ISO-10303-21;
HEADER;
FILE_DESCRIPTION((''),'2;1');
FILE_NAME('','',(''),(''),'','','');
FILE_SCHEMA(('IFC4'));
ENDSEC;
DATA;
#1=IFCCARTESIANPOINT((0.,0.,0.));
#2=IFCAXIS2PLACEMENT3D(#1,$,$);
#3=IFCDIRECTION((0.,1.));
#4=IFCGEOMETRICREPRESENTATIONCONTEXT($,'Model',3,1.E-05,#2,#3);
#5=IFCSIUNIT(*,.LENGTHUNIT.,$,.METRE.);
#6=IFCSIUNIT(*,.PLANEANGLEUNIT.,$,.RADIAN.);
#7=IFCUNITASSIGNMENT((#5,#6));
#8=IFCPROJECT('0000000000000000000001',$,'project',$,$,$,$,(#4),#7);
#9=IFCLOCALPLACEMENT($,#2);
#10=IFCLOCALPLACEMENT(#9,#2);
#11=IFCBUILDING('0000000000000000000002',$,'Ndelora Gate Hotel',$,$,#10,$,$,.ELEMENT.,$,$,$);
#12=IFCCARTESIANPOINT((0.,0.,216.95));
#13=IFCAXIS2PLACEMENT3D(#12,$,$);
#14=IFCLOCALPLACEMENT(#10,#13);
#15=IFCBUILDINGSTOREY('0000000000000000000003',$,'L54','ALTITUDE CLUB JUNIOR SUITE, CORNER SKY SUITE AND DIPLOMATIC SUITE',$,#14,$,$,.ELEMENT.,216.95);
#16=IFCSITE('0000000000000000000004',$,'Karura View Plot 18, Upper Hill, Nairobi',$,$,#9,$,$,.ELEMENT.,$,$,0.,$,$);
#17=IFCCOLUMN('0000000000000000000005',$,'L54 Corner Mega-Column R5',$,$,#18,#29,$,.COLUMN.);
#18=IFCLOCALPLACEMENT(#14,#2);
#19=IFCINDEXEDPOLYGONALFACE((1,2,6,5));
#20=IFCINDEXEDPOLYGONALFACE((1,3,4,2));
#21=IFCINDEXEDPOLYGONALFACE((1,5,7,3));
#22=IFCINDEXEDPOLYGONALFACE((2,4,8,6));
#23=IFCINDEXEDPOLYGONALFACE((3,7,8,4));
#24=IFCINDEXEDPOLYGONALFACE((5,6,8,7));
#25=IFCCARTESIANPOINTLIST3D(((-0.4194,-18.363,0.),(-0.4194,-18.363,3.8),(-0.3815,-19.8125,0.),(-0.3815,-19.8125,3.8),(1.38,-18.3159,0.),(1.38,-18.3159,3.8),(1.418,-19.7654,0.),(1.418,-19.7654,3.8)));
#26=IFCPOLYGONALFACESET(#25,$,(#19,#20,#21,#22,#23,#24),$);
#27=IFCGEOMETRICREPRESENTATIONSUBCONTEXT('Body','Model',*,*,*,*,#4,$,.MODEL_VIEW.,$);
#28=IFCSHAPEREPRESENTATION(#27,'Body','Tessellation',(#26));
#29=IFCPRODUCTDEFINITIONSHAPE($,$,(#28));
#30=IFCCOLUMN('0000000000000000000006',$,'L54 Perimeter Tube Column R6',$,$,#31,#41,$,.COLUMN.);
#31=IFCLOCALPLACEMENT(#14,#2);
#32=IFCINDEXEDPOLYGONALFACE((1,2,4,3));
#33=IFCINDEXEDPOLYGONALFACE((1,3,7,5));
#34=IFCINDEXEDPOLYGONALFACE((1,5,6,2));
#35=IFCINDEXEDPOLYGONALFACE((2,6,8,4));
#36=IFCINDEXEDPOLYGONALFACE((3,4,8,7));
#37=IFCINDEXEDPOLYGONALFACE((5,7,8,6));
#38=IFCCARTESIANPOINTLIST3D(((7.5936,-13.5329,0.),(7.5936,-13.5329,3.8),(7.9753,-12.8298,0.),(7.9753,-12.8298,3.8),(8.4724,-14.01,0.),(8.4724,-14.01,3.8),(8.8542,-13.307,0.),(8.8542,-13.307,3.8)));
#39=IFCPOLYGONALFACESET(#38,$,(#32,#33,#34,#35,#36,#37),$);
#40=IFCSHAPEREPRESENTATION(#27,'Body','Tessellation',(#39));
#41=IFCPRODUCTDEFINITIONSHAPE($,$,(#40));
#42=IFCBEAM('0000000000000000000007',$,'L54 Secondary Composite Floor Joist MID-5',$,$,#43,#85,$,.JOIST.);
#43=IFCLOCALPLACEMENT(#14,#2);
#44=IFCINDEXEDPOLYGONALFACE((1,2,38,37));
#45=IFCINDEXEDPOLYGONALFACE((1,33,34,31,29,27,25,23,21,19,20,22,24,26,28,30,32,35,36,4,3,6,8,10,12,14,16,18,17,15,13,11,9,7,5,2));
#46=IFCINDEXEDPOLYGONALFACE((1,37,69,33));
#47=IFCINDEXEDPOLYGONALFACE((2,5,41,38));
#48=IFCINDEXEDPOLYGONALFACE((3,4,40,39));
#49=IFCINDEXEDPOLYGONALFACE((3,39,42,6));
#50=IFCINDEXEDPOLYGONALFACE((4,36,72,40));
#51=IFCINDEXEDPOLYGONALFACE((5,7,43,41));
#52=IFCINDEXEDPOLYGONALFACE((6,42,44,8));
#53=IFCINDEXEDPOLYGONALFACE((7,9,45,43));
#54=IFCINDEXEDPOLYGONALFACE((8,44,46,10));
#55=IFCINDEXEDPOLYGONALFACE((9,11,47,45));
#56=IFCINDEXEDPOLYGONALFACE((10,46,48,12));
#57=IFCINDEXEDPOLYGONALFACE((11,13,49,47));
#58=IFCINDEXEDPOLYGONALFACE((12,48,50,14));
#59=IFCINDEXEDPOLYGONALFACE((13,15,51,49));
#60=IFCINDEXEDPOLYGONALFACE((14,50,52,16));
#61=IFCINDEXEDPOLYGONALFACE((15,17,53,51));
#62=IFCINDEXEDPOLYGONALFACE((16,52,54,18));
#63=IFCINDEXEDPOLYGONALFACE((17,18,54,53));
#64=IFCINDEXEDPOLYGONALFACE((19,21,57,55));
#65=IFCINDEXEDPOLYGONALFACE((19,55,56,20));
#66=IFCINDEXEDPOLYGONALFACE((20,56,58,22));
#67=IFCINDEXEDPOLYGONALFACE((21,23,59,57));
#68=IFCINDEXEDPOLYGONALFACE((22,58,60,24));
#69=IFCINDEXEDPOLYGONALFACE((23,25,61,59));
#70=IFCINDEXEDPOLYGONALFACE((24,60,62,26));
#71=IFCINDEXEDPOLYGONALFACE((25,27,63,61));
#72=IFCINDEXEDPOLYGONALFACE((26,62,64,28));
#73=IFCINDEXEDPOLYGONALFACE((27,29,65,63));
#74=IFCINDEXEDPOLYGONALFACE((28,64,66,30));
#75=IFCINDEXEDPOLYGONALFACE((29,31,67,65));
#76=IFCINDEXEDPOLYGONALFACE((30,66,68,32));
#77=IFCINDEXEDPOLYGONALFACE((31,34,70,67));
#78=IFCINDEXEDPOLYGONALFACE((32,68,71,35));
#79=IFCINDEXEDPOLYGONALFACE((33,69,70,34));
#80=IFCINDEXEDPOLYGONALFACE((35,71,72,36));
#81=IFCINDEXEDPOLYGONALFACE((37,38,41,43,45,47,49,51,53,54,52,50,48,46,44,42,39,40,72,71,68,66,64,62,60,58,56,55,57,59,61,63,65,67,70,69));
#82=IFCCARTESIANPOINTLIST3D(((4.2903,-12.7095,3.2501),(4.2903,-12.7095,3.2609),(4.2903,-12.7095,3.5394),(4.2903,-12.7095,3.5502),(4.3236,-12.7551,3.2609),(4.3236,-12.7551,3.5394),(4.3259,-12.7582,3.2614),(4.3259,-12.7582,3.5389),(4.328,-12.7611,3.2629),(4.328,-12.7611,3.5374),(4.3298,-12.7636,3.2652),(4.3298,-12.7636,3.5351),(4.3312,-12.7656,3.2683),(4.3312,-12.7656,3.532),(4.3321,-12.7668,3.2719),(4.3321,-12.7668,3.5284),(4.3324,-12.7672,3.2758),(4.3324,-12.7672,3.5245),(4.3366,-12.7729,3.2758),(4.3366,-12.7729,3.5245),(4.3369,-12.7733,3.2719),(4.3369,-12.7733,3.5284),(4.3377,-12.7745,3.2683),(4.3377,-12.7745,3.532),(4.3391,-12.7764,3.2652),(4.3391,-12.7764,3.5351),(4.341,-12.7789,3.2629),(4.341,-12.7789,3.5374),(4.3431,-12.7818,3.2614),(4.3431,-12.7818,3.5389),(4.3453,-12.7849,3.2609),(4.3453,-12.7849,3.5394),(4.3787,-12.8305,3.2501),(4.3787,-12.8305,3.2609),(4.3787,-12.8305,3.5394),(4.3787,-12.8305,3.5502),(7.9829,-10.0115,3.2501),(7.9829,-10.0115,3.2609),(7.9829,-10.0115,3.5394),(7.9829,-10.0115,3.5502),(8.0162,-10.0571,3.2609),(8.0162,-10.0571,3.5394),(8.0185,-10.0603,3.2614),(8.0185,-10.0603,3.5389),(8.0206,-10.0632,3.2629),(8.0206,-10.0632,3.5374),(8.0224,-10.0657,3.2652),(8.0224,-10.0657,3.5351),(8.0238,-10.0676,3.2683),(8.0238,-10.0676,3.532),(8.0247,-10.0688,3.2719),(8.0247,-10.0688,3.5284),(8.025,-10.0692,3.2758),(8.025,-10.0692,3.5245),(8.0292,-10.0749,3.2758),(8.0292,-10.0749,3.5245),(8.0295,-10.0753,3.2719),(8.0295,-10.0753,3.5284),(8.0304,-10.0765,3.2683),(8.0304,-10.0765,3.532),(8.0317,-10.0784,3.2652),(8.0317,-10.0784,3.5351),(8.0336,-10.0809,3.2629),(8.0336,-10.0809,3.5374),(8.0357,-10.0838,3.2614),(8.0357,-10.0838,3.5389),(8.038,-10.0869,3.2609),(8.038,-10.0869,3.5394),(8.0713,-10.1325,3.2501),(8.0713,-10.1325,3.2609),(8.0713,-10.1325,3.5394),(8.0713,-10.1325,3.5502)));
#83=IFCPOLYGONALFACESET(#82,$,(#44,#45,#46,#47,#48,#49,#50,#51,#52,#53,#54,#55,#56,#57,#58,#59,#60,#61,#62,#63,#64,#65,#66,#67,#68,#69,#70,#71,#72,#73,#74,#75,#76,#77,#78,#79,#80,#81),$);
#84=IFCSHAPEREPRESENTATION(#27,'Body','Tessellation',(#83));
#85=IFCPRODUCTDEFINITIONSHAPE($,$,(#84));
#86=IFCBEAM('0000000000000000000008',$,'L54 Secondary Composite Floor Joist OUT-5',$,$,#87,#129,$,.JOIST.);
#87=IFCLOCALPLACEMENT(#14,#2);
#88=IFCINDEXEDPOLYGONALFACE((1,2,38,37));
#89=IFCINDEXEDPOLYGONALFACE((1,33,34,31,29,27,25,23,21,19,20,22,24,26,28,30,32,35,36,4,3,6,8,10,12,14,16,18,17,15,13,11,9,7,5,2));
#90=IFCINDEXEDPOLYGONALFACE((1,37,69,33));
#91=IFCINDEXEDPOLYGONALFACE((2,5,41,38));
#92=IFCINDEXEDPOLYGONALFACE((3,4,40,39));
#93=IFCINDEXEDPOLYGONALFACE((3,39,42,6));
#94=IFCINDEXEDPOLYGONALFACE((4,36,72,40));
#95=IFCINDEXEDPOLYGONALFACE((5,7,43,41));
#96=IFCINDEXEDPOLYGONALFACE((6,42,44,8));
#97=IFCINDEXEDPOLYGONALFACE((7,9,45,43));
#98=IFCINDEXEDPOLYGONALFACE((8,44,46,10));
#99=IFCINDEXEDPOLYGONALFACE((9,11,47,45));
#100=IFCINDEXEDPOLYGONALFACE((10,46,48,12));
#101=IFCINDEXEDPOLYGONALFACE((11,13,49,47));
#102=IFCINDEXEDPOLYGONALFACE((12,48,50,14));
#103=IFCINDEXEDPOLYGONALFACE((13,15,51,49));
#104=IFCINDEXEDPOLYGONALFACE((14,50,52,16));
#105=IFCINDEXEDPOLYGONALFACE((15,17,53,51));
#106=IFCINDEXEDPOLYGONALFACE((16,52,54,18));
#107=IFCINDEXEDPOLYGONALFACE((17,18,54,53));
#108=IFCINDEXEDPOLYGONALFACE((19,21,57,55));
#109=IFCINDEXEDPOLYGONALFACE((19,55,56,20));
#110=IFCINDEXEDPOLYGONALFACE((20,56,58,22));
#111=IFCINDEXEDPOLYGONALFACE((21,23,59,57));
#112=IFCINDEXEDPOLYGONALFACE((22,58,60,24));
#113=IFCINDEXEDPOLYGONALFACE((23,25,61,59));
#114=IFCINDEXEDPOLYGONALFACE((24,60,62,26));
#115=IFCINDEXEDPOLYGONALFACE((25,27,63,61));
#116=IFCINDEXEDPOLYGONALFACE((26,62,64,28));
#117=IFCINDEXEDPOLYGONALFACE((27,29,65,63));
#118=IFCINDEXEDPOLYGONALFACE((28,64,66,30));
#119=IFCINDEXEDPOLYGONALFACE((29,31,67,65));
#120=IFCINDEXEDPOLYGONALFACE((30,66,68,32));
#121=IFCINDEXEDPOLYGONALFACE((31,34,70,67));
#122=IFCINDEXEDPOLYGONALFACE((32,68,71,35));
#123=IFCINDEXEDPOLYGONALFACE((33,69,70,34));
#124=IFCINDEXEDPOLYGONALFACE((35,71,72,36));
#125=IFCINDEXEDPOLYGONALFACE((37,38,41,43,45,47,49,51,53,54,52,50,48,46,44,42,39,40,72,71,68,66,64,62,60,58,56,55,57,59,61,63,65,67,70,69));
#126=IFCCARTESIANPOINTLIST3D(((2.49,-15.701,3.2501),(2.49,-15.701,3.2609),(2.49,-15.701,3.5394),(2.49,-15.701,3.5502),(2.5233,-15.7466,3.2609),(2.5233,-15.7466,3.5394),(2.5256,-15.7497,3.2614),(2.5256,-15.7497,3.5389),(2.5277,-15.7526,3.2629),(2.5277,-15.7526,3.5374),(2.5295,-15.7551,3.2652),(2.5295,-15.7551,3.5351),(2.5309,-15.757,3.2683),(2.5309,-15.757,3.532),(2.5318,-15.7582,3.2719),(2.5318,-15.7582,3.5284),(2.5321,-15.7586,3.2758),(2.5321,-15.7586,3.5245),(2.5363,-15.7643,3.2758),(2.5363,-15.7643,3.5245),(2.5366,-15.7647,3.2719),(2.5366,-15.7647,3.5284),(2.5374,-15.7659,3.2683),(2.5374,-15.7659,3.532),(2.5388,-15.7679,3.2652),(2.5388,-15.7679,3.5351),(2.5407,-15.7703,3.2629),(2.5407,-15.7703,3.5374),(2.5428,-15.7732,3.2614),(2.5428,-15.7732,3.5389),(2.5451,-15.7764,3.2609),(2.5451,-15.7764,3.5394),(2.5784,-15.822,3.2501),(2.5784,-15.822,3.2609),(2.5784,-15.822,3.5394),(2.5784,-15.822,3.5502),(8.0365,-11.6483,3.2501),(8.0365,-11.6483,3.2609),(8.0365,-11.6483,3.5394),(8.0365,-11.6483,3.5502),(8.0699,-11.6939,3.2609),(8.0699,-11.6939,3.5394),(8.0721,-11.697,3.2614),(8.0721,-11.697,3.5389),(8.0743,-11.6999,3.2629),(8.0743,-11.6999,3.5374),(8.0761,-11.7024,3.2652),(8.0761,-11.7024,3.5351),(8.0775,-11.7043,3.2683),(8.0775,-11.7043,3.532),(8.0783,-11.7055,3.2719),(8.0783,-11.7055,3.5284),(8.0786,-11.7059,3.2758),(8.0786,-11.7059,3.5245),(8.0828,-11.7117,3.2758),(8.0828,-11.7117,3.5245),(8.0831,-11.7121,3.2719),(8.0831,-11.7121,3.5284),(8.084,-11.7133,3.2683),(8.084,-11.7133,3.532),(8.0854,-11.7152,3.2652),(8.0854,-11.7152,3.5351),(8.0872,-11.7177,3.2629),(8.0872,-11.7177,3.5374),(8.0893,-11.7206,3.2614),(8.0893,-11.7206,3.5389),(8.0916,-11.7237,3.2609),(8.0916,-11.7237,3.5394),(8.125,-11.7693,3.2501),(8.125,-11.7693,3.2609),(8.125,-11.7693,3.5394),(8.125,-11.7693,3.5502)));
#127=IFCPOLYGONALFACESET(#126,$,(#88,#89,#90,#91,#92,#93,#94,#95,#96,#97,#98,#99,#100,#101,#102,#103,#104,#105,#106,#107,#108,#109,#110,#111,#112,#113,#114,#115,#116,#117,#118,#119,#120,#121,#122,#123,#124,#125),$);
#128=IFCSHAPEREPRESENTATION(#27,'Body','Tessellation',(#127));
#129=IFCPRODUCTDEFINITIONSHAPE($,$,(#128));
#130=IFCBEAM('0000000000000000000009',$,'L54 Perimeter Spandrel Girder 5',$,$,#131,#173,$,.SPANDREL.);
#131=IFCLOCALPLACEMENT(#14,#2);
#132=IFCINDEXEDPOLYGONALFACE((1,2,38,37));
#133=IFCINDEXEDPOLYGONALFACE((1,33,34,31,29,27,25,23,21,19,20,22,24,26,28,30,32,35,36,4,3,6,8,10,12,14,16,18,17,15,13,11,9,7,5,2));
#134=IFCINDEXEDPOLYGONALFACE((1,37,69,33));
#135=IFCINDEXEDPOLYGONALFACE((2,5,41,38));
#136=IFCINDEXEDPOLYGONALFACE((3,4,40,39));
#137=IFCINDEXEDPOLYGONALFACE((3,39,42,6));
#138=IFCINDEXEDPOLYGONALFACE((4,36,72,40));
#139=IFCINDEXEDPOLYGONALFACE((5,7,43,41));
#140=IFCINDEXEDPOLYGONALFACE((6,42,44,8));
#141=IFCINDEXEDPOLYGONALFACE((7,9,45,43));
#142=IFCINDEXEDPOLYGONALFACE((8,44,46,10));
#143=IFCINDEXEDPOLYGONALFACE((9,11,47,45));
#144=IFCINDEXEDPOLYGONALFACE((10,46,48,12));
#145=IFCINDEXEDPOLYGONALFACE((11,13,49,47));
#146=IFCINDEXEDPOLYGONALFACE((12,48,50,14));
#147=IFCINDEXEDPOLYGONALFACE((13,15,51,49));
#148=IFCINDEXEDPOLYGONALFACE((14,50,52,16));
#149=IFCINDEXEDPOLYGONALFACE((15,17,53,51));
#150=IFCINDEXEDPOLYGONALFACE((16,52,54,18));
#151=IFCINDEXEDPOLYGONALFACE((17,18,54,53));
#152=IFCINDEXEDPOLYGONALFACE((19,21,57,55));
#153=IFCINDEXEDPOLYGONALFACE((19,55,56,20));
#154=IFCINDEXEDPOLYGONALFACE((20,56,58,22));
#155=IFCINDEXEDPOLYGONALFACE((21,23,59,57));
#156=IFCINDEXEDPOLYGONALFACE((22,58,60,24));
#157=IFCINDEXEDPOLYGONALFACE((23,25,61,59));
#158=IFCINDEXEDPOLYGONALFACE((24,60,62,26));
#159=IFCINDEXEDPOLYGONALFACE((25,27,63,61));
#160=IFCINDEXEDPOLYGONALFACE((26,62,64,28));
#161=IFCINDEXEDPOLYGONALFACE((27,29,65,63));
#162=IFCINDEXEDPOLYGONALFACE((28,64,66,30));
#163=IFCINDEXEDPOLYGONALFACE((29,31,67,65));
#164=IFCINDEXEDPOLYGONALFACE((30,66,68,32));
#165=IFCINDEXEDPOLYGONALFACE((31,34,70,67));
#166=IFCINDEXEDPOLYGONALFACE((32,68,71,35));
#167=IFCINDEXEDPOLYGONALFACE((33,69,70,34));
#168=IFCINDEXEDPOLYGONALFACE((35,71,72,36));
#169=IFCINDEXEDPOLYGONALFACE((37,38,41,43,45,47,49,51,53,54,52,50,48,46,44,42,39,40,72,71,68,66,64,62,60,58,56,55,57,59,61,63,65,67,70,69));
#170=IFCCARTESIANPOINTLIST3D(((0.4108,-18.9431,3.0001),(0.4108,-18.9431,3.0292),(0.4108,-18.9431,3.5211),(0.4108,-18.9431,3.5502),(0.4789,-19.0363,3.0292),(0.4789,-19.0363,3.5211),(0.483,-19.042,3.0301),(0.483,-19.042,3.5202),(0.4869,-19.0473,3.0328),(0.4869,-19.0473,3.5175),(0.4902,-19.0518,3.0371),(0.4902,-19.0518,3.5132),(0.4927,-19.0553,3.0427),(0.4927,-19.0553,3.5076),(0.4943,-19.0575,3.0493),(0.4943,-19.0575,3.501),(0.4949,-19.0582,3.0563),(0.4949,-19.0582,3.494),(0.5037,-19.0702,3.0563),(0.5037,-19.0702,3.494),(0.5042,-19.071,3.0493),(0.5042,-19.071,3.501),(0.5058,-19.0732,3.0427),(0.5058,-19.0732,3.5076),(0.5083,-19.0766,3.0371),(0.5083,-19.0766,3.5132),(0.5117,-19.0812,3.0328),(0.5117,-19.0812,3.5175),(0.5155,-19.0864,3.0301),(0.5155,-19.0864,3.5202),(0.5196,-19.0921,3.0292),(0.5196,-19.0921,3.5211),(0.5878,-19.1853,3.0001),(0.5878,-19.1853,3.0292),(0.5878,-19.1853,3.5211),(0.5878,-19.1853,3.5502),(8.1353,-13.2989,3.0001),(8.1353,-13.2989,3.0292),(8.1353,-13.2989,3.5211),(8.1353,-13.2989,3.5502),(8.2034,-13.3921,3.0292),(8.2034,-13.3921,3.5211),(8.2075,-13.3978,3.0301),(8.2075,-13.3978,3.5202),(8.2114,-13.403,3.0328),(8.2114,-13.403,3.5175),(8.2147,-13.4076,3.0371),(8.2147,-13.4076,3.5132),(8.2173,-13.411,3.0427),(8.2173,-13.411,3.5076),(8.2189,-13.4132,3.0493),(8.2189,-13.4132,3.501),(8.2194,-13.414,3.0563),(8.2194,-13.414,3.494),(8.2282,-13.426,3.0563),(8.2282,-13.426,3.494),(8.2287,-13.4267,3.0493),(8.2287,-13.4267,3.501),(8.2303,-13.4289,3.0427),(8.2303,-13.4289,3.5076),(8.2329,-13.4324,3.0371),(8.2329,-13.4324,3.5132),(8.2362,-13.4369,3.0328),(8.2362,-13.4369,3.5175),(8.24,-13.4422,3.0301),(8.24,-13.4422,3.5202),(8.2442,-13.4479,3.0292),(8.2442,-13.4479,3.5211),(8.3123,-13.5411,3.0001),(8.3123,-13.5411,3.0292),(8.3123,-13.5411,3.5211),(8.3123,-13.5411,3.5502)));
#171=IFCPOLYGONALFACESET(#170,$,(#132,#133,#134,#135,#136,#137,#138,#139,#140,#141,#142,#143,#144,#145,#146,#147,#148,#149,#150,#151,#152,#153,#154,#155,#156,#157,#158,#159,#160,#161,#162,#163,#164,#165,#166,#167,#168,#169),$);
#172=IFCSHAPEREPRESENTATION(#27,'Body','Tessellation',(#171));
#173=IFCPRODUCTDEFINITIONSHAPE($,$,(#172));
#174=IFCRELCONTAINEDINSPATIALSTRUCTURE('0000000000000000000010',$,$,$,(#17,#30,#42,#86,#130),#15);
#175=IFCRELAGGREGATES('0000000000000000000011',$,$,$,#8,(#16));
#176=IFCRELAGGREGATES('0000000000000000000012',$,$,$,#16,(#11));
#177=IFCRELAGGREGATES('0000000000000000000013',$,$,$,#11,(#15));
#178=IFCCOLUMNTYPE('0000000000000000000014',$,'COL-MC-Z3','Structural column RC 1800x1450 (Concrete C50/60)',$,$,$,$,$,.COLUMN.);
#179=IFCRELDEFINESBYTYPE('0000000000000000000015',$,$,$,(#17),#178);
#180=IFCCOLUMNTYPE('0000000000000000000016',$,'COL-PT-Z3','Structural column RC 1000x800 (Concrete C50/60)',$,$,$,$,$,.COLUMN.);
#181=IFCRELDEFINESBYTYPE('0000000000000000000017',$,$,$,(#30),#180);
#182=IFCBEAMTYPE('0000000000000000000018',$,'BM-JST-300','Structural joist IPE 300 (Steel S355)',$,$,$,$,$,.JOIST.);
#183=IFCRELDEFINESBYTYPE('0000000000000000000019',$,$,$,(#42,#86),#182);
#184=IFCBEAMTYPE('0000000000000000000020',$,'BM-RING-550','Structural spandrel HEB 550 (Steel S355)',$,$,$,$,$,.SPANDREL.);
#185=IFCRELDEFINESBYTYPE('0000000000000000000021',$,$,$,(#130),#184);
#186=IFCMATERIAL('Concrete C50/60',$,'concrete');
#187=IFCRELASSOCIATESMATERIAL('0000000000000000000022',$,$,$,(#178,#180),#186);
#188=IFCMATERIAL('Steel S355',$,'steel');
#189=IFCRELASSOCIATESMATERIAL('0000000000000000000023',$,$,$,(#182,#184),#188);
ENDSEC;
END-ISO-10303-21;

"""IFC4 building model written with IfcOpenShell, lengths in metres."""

from ifc_helpers import new_model, si_unit, direction, frame, origin, origin_2d, place, context, subcontext, project, spatial, rectangle, i_section, extrude, material, material_profile, profile_set, type_object, element, save


model = new_model("IFC4")

# Units and contexts
model_context = context("Model", 3, precision=1e-05, world=origin(), true_north=direction((0.0, 1.0)))
body_context = subcontext(model_context, "Body", "Model", "MODEL_VIEW")
ifc_project = project(units=[si_unit("LENGTHUNIT", "METRE"), si_unit("PLANEANGLEUNIT", "RADIAN")], contexts=[model_context])

# Site, building, storey
site_placement = place(None, origin())
site = spatial("IfcSite", under=ifc_project, at=site_placement, Name="Karura View Plot 18, Upper Hill, Nairobi", CompositionType="ELEMENT", RefElevation=0.0)
building_placement = place(site_placement, origin())
building = spatial("IfcBuilding", under=site, at=building_placement, Name="Ndelora Gate Hotel", CompositionType="ELEMENT")
storey_placement = place(building_placement, frame((0.0, 0.0, 216.95)))
storey = spatial("IfcBuildingStorey", under=building, at=storey_placement, Name="L54", Description="ALTITUDE CLUB JUNIOR SUITE, CORNER SKY SUITE AND DIPLOMATIC SUITE", CompositionType="ELEMENT", Elevation=216.95)

# Columns
ifc_material_1 = material(Name="Concrete C50/60", Category="concrete")
ifc_material_profile_1 = material_profile(ifc_material_1, rectangle(XDim=1.45, YDim=1.8, at=origin_2d()), Name="RC 1800x1450")
ifc_profile_set_1 = profile_set([ifc_material_profile_1], Name="Concrete C50/60")
column_type_1 = type_object("IfcColumnType", Name="COL-MC-Z3", Description="Structural column RC 1800x1450 (Concrete C50/60)", PredefinedType="COLUMN", material=ifc_profile_set_1)
column_1_placement = place(storey_placement, frame((0.4993, -19.0642, 0.0), z_axis=(0.0, 0.0, 1.0), x_axis=(-0.026177, 0.999657, 0.0)))
element("IfcColumn", 1, at=column_1_placement, inside=storey, type_object=column_type_1, Name="L54 Corner Mega-Column R5", PredefinedType="COLUMN", context=body_context, shape_type="SweptSolid", body=[
    extrude(rectangle(XDim=1.45, YDim=1.8, at=origin_2d()), origin(), (0.0, 0.0, 1.0), 3.8),
])
ifc_material_profile_2 = material_profile(ifc_material_1, rectangle(XDim=0.8, YDim=1.0, at=origin_2d()), Name="RC 1000x800")
ifc_profile_set_2 = profile_set([ifc_material_profile_2], Name="Concrete C50/60")
column_type_2 = type_object("IfcColumnType", Name="COL-PT-Z3", Description="Structural column RC 1000x800 (Concrete C50/60)", PredefinedType="COLUMN", material=ifc_profile_set_2)
column_2_placement = place(storey_placement, frame((8.2239, -13.4199, 0.0), z_axis=(0.0, 0.0, 1.0), x_axis=(0.477159, 0.878817, 0.0)))
element("IfcColumn", 2, at=column_2_placement, inside=storey, type_object=column_type_2, Name="L54 Perimeter Tube Column R6", PredefinedType="COLUMN", context=body_context, shape_type="SweptSolid", body=[
    extrude(rectangle(XDim=0.8, YDim=1.0, at=origin_2d()), origin(), (0.0, 0.0, 1.0), 3.8),
])

# Beams
ifc_material_2 = material(Name="Steel S355", Category="steel")
ifc_material_profile_3 = material_profile(ifc_material_2, i_section(OverallWidth=0.1499, OverallDepth=0.3, WebThickness=0.0071, FlangeThickness=0.0107, FilletRadius=0.0149, at=origin_2d()), Name="IPE 300")
ifc_profile_set_3 = profile_set([ifc_material_profile_3], Name="Steel S355")
beam_type_1 = type_object("IfcBeamType", Name="BM-JST-300", Description="Structural joist IPE 300 (Steel S355)", PredefinedType="JOIST", material=ifc_profile_set_3)
beam_1_placement = place(storey_placement, frame((4.3345, -12.77, 3.4001), z_axis=(0.807439, 0.589951, 0.0), x_axis=(-0.589951, 0.807439, 0.0)))
element("IfcBeam", 3, at=beam_1_placement, inside=storey, type_object=beam_type_1, Name="L54 Secondary Composite Floor Joist MID-5", PredefinedType="JOIST", context=body_context, shape_type="SweptSolid", body=[
    extrude(i_section(OverallWidth=0.1499, OverallDepth=0.3, WebThickness=0.0071, FlangeThickness=0.0107, FilletRadius=0.0149, at=origin_2d()), origin(), (0.0, 0.0, 1.0), 4.5732),
])
beam_2_placement = place(storey_placement, frame((2.5342, -15.7615, 3.4001), z_axis=(0.807431, 0.589962, 0.0), x_axis=(-0.589962, 0.807431, 0.0)))
element("IfcBeam", 4, at=beam_2_placement, inside=storey, type_object=beam_type_1, Name="L54 Secondary Composite Floor Joist OUT-5", PredefinedType="JOIST", context=body_context, shape_type="SweptSolid", body=[
    extrude(i_section(OverallWidth=0.1499, OverallDepth=0.3, WebThickness=0.0071, FlangeThickness=0.0107, FilletRadius=0.0149, at=origin_2d()), origin(), (0.0, 0.0, 1.0), 6.8694),
])
ifc_material_profile_4 = material_profile(ifc_material_2, i_section(OverallWidth=0.3, OverallDepth=0.55, WebThickness=0.0149, FlangeThickness=0.0291, FilletRadius=0.0271, at=origin_2d()), Name="HEB 550")
ifc_profile_set_4 = profile_set([ifc_material_profile_4], Name="Steel S355")
beam_type_2 = type_object("IfcBeamType", Name="BM-RING-550", Description="Structural spandrel HEB 550 (Steel S355)", PredefinedType="SPANDREL", material=ifc_profile_set_4)
beam_3_placement = place(storey_placement, frame((0.4993, -19.0642, 3.2751), z_axis=(0.807422, 0.589974, 0.0), x_axis=(-0.589974, 0.807422, 0.0)))
element("IfcBeam", 5, at=beam_3_placement, inside=storey, type_object=beam_type_2, Name="L54 Perimeter Spandrel Girder 5", PredefinedType="SPANDREL", context=body_context, shape_type="SweptSolid", body=[
    extrude(i_section(OverallWidth=0.3, OverallDepth=0.55, WebThickness=0.0149, FlangeThickness=0.0291, FilletRadius=0.0271, at=origin_2d()), origin(), (0.0, 0.0, 1.0), 9.5669),
])

save(model, "model.ifc")
